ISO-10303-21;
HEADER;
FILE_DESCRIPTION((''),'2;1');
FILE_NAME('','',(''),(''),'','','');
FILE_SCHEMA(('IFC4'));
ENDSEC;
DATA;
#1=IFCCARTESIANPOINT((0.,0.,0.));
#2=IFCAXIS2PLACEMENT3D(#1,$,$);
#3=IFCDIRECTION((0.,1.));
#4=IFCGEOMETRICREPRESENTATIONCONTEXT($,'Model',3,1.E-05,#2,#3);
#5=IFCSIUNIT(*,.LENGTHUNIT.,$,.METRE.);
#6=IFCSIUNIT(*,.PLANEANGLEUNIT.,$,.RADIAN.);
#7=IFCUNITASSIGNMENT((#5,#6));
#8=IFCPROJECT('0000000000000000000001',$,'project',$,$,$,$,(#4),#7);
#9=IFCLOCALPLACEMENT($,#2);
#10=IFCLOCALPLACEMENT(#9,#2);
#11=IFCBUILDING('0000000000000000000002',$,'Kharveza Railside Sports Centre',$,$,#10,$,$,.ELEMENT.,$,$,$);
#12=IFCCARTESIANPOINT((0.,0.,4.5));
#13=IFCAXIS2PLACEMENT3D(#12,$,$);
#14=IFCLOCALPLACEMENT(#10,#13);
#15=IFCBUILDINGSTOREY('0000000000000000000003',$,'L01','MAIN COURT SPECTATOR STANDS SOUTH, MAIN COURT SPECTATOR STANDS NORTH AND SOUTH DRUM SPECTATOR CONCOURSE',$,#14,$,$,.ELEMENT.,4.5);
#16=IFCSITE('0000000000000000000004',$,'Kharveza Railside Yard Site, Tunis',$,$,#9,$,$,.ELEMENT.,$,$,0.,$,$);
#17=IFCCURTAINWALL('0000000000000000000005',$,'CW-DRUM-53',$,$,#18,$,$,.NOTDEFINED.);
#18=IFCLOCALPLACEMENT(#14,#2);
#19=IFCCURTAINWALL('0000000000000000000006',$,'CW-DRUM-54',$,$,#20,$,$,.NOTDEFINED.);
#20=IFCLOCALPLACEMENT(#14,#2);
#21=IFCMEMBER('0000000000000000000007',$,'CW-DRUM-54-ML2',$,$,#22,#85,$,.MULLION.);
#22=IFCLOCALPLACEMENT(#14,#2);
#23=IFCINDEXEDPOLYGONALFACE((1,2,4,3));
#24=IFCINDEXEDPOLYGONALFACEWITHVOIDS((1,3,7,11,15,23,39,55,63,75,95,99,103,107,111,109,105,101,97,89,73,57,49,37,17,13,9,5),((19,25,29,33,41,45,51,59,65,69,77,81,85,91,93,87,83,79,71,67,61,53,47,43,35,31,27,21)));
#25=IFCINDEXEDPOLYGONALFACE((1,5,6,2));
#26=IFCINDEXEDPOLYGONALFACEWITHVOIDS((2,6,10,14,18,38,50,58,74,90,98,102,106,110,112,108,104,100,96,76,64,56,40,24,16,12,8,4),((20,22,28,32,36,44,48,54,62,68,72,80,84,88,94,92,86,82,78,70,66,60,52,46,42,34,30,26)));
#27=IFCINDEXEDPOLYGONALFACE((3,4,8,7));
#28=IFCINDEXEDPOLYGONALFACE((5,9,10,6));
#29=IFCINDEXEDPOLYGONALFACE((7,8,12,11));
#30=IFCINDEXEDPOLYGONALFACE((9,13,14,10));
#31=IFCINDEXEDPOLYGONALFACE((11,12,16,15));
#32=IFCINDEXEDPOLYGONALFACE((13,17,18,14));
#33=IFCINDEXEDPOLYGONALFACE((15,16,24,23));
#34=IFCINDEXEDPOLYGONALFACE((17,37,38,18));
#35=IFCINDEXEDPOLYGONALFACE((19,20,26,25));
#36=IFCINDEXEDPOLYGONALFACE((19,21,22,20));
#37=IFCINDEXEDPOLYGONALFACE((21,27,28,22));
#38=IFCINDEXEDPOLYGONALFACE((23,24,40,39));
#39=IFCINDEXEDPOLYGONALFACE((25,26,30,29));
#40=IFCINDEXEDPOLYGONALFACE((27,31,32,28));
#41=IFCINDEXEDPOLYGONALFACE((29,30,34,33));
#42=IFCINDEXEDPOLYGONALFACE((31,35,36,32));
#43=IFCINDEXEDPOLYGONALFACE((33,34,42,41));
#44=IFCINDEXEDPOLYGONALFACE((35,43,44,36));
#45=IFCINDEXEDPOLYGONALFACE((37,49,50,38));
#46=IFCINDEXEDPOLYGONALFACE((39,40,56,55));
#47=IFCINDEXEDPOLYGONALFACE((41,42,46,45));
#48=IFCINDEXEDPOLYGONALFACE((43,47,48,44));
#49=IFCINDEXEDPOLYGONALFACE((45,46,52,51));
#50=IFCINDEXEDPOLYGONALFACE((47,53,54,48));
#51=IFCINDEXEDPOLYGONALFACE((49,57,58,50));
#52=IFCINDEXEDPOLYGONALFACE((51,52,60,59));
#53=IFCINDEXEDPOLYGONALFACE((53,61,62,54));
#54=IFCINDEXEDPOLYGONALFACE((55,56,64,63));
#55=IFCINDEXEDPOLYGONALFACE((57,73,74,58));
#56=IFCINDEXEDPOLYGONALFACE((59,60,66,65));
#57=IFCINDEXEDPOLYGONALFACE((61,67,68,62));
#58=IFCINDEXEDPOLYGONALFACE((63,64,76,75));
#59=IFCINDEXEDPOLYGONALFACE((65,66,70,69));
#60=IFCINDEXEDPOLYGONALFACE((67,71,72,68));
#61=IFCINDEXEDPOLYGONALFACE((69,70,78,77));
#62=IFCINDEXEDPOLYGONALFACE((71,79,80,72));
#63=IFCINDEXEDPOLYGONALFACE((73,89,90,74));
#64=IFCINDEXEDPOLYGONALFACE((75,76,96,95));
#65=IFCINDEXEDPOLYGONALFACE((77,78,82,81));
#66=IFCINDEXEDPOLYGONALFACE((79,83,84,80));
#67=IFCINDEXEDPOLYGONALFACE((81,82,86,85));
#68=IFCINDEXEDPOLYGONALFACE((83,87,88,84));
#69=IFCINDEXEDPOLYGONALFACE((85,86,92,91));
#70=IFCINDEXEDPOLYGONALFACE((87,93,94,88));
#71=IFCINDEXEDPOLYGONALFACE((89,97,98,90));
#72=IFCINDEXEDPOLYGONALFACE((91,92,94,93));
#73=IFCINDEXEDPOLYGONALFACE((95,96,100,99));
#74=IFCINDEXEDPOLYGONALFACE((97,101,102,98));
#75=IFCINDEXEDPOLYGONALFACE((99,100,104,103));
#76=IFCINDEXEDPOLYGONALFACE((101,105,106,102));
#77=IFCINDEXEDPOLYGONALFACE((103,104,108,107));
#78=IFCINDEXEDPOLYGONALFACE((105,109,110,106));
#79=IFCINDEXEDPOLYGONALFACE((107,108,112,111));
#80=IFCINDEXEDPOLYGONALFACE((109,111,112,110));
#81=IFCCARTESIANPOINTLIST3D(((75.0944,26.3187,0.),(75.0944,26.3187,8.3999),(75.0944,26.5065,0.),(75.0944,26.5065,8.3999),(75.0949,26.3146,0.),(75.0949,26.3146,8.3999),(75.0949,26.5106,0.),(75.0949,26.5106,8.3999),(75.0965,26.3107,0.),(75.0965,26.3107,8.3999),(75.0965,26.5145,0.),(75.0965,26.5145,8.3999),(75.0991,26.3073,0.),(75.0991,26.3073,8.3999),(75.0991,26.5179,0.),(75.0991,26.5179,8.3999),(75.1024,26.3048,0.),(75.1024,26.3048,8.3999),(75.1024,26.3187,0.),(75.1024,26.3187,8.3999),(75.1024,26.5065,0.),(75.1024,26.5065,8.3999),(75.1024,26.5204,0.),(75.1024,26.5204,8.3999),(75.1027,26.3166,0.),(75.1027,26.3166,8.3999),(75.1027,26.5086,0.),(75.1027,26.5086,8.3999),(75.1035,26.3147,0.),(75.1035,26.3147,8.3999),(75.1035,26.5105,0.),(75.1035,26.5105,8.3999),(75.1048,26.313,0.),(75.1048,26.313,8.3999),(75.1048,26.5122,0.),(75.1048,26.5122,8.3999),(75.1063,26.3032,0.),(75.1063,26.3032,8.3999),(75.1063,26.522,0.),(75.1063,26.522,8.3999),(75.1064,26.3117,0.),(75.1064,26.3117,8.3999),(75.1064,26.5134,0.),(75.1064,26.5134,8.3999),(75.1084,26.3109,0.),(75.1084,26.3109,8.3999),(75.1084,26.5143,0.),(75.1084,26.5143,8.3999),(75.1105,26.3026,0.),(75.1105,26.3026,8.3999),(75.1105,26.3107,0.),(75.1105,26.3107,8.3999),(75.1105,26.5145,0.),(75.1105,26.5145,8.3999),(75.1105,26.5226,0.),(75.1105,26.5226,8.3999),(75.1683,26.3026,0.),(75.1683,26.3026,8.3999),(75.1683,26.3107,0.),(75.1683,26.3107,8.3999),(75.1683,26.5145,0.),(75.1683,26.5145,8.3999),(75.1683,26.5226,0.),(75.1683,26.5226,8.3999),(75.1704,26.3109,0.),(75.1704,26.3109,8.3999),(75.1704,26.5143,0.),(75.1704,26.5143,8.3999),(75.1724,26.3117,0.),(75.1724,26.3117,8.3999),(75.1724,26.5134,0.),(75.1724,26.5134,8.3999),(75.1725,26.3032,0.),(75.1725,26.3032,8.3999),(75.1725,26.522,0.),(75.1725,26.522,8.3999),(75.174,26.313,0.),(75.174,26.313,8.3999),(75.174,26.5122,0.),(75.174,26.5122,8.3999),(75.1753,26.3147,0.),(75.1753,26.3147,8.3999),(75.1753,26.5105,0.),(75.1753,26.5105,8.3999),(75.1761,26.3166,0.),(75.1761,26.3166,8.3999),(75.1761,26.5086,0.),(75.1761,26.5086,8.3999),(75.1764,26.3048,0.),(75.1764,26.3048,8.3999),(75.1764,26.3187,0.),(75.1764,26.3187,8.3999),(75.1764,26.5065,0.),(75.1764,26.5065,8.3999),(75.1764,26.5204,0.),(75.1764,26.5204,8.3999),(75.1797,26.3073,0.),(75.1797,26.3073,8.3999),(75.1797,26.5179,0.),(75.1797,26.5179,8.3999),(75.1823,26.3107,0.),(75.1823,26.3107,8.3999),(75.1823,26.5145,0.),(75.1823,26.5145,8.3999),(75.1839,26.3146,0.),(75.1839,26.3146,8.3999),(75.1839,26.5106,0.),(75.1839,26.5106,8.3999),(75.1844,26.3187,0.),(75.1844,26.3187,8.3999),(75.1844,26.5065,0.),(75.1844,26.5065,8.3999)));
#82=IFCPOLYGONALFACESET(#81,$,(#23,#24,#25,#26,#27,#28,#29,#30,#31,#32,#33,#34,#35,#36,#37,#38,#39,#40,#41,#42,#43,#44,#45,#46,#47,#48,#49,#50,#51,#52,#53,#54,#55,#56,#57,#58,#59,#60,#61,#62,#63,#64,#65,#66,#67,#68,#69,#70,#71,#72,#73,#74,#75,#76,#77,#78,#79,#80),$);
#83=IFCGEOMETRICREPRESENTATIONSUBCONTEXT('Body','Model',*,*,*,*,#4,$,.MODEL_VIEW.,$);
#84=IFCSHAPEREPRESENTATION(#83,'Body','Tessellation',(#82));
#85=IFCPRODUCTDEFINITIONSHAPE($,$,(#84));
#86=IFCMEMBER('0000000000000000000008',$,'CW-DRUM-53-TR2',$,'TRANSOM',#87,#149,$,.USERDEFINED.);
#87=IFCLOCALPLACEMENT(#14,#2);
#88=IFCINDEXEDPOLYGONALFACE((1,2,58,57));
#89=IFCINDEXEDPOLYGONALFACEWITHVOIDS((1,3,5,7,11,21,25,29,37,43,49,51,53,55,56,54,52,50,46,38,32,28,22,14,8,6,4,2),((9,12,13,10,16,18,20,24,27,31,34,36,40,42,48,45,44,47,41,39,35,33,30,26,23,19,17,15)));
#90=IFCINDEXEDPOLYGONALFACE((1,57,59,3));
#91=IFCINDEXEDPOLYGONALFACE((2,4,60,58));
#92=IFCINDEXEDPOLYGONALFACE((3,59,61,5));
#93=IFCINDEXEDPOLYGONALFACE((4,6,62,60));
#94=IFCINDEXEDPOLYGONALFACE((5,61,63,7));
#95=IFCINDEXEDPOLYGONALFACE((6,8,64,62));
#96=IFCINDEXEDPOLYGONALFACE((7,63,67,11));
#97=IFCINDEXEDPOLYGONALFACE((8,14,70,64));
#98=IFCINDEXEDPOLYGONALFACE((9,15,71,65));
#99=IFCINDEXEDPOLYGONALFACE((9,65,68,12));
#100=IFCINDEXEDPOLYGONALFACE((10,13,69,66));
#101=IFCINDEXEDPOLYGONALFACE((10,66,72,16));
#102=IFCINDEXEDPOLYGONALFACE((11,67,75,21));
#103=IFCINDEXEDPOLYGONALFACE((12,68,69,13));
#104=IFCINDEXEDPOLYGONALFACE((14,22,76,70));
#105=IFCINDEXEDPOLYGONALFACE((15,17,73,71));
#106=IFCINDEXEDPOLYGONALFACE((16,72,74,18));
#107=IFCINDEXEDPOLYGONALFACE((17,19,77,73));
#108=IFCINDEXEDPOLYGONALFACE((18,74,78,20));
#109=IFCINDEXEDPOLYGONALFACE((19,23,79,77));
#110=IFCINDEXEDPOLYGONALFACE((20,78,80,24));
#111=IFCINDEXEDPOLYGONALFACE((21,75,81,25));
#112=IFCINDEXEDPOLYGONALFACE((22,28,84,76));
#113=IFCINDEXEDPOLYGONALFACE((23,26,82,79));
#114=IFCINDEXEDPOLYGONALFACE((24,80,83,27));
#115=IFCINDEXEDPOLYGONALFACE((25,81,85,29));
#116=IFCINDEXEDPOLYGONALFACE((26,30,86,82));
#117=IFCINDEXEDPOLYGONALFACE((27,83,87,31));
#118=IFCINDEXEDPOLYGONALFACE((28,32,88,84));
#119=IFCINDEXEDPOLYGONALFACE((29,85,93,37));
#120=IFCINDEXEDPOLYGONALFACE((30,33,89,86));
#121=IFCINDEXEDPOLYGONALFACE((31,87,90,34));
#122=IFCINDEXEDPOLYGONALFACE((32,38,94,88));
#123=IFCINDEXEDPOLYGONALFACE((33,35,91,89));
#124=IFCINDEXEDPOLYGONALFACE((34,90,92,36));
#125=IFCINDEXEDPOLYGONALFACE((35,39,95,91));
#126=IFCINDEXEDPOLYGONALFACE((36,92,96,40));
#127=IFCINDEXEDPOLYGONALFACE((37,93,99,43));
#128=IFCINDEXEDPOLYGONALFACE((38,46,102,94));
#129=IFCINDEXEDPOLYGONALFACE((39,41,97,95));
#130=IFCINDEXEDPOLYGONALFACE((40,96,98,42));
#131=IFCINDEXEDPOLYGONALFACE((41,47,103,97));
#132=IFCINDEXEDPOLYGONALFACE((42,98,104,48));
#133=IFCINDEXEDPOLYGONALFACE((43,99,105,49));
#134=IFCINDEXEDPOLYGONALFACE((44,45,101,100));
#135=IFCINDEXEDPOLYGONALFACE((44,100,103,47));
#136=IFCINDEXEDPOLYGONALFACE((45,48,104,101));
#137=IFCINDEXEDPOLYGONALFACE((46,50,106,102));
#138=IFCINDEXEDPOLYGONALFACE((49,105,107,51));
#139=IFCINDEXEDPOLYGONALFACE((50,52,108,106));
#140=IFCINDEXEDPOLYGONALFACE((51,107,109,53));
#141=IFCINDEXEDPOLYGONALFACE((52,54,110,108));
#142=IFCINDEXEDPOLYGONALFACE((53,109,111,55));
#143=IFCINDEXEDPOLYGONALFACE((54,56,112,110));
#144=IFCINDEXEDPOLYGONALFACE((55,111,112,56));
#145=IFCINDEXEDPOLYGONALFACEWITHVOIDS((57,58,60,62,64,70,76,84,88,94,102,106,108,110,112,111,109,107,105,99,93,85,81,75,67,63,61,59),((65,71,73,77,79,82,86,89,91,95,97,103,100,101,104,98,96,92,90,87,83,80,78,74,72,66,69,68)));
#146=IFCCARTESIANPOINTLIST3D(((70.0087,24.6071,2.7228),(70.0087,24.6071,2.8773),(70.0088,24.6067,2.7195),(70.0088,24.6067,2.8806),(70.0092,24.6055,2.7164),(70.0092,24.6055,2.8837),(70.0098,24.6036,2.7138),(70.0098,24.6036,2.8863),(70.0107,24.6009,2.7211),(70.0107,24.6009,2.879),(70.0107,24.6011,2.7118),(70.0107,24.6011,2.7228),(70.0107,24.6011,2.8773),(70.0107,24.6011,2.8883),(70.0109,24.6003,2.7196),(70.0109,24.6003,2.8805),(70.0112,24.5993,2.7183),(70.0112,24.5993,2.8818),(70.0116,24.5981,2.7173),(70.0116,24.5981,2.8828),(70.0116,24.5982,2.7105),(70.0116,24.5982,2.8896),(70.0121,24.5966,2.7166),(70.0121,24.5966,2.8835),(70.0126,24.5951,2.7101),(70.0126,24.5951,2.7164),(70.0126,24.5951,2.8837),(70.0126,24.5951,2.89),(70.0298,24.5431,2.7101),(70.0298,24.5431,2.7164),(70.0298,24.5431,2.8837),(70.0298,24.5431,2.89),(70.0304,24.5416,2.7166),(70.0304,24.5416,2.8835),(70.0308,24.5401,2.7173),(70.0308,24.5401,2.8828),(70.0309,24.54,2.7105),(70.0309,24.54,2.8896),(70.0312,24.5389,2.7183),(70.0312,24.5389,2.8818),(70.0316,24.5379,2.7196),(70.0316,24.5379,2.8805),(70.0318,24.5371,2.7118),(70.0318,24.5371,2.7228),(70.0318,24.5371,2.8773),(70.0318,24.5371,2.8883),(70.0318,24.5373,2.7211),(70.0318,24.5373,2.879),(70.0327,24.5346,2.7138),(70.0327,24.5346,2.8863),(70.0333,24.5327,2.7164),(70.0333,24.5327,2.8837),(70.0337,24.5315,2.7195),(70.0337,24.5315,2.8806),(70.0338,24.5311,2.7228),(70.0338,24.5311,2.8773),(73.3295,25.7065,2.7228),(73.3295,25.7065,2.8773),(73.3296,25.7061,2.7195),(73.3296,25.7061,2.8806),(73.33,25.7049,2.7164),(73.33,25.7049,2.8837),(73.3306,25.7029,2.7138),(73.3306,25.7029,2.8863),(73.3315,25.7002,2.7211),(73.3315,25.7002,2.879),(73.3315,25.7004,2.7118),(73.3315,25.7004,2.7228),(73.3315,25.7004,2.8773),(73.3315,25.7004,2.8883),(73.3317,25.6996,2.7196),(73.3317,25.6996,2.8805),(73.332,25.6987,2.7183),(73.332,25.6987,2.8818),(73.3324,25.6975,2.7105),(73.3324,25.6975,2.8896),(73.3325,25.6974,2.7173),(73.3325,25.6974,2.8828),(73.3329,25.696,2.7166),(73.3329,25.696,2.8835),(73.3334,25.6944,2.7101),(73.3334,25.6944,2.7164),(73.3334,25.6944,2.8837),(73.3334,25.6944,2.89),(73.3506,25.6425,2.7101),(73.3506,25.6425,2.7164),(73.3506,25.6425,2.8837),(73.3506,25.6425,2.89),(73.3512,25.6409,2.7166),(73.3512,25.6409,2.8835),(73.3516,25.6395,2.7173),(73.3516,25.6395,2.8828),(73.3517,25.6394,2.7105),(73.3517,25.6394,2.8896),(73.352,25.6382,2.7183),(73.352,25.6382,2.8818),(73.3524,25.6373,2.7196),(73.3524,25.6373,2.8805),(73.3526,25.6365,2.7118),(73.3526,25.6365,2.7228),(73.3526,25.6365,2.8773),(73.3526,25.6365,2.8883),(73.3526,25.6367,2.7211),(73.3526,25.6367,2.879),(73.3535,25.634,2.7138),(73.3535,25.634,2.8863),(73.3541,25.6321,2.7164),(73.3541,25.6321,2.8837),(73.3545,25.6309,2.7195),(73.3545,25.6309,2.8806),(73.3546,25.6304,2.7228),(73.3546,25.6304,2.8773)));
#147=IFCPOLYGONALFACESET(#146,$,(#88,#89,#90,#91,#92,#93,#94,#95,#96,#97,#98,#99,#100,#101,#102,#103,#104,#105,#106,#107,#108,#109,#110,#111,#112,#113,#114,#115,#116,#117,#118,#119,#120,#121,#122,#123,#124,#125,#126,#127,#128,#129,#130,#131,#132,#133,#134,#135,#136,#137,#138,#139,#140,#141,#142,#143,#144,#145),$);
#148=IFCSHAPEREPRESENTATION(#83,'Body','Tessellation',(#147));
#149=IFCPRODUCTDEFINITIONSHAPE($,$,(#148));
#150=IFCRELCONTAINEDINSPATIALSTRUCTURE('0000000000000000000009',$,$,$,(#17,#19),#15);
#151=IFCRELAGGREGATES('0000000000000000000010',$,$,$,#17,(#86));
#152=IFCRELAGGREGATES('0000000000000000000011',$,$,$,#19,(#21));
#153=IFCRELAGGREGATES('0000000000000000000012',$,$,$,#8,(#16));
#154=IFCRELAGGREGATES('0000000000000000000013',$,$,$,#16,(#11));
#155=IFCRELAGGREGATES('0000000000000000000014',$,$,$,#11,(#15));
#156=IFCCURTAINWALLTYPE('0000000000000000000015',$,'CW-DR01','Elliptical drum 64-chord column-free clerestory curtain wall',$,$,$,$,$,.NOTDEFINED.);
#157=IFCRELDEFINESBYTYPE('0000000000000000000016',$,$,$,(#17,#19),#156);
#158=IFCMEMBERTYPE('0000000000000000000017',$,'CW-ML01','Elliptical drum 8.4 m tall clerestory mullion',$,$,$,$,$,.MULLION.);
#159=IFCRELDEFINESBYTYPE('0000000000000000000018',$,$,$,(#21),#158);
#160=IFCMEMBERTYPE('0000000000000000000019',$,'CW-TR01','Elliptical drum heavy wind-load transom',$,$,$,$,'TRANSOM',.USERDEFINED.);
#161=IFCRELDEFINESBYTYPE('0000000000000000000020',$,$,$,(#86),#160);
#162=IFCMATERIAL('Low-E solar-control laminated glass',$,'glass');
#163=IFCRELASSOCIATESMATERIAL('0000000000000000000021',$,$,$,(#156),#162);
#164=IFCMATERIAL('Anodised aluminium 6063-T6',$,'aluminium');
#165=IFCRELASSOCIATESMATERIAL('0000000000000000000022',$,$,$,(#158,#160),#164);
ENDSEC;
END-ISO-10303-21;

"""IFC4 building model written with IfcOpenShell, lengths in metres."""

from ifc_helpers import new_model, si_unit, direction, frame, origin, origin_2d, place, context, subcontext, project, spatial, hollow_rectangle, extrude, material, material_profile, profile_set, type_object, element, aggregate, save


model = new_model("IFC4")

# Units and contexts
model_context = context("Model", 3, precision=1e-05, world=origin(), true_north=direction((0.0, 1.0)))
body_context = subcontext(model_context, "Body", "Model", "MODEL_VIEW")
ifc_project = project(units=[si_unit("LENGTHUNIT", "METRE"), si_unit("PLANEANGLEUNIT", "RADIAN")], contexts=[model_context])

# Site, building, storey
site_placement = place(None, origin())
site = spatial("IfcSite", under=ifc_project, at=site_placement, Name="Kharveza Railside Yard Site, Tunis", CompositionType="ELEMENT", RefElevation=0.0)
building_placement = place(site_placement, origin())
building = spatial("IfcBuilding", under=site, at=building_placement, Name="Kharveza Railside Sports Centre", CompositionType="ELEMENT")
storey_placement = place(building_placement, frame((0.0, 0.0, 4.5)))
storey = spatial("IfcBuildingStorey", under=building, at=storey_placement, Name="L01", Description="MAIN COURT SPECTATOR STANDS SOUTH, MAIN COURT SPECTATOR STANDS NORTH AND SOUTH DRUM SPECTATOR CONCOURSE", CompositionType="ELEMENT", Elevation=4.5)

# Curtain walls, member
ifc_material_1 = material(Name="Low-E solar-control laminated glass", Category="glass")
curtain_wall_type = type_object("IfcCurtainWallType", Name="CW-DR01", Description="Elliptical drum 64-chord column-free clerestory curtain wall", PredefinedType="NOTDEFINED", material=ifc_material_1)
curtain_wall_1_placement = place(storey_placement, origin())
curtain_wall_1 = element("IfcCurtainWall", 1, at=curtain_wall_1_placement, inside=storey, type_object=curtain_wall_type, Name="CW-DRUM-53", PredefinedType="NOTDEFINED")
ifc_material_2 = material(Name="Anodised aluminium 6063-T6", Category="aluminium")
ifc_material_profile_1 = material_profile(ifc_material_2, hollow_rectangle(XDim=0.0901, YDim=0.22, WallThickness=0.0081, InnerFilletRadius=0.0081, OuterFilletRadius=0.0161, at=origin_2d()), Name="RHS 90x220x8.0")
ifc_profile_set_1 = profile_set([ifc_material_profile_1], Name="Anodised aluminium 6063-T6")
member_type_1 = type_object("IfcMemberType", Name="CW-ML01", Description="Elliptical drum 8.4 m tall clerestory mullion", PredefinedType="MULLION", material=ifc_profile_set_1)
curtain_wall_2_placement = place(storey_placement, origin())
curtain_wall_2 = element("IfcCurtainWall", 2, at=curtain_wall_2_placement, inside=storey, type_object=curtain_wall_type, Name="CW-DRUM-54", PredefinedType="NOTDEFINED")
member_1_placement = place(storey_placement, frame((75.1394, 26.4126, 0.0), z_axis=(0.0, 0.0, 1.0), x_axis=(1.0, 0.0, 0.0)))
member_1 = element("IfcMember", 3, at=member_1_placement, type_object=member_type_1, Name="CW-DRUM-54-ML2", PredefinedType="MULLION", context=body_context, shape_type="SweptSolid", body=[
    extrude(hollow_rectangle(XDim=0.0901, YDim=0.22, WallThickness=0.0081, InnerFilletRadius=0.0081, OuterFilletRadius=0.0161, at=origin_2d()), origin(), (0.0, 0.0, 1.0), 8.3999),
])

# Member
ifc_material_profile_2 = material_profile(ifc_material_2, hollow_rectangle(XDim=0.0801, YDim=0.1799, WallThickness=0.0063, InnerFilletRadius=0.0063, OuterFilletRadius=0.0127, at=origin_2d()), Name="RHS 80x180x6.3")
ifc_profile_set_2 = profile_set([ifc_material_profile_2], Name="Anodised aluminium 6063-T6")
member_type_2 = type_object("IfcMemberType", Name="CW-TR01", Description="Elliptical drum heavy wind-load transom", ElementType="TRANSOM", PredefinedType="USERDEFINED", material=ifc_profile_set_2)
member_2_placement = place(storey_placement, frame((70.0212, 24.5691, 2.8), z_axis=(0.94933, 0.31428, 0.0), x_axis=(-0.31428, 0.94933, 0.0)))
member_2 = element("IfcMember", 4, at=member_2_placement, type_object=member_type_2, Name="CW-DRUM-53-TR2", ObjectType="TRANSOM", PredefinedType="USERDEFINED", context=body_context, shape_type="SweptSolid", body=[
    extrude(hollow_rectangle(XDim=0.0801, YDim=0.1799, WallThickness=0.0063, InnerFilletRadius=0.0063, OuterFilletRadius=0.0127, at=origin_2d()), origin(), (0.0, 0.0, 1.0), 3.498),
])

aggregate(curtain_wall_1, [member_2])
aggregate(curtain_wall_2, [member_1])

save(model, "model.ifc")
